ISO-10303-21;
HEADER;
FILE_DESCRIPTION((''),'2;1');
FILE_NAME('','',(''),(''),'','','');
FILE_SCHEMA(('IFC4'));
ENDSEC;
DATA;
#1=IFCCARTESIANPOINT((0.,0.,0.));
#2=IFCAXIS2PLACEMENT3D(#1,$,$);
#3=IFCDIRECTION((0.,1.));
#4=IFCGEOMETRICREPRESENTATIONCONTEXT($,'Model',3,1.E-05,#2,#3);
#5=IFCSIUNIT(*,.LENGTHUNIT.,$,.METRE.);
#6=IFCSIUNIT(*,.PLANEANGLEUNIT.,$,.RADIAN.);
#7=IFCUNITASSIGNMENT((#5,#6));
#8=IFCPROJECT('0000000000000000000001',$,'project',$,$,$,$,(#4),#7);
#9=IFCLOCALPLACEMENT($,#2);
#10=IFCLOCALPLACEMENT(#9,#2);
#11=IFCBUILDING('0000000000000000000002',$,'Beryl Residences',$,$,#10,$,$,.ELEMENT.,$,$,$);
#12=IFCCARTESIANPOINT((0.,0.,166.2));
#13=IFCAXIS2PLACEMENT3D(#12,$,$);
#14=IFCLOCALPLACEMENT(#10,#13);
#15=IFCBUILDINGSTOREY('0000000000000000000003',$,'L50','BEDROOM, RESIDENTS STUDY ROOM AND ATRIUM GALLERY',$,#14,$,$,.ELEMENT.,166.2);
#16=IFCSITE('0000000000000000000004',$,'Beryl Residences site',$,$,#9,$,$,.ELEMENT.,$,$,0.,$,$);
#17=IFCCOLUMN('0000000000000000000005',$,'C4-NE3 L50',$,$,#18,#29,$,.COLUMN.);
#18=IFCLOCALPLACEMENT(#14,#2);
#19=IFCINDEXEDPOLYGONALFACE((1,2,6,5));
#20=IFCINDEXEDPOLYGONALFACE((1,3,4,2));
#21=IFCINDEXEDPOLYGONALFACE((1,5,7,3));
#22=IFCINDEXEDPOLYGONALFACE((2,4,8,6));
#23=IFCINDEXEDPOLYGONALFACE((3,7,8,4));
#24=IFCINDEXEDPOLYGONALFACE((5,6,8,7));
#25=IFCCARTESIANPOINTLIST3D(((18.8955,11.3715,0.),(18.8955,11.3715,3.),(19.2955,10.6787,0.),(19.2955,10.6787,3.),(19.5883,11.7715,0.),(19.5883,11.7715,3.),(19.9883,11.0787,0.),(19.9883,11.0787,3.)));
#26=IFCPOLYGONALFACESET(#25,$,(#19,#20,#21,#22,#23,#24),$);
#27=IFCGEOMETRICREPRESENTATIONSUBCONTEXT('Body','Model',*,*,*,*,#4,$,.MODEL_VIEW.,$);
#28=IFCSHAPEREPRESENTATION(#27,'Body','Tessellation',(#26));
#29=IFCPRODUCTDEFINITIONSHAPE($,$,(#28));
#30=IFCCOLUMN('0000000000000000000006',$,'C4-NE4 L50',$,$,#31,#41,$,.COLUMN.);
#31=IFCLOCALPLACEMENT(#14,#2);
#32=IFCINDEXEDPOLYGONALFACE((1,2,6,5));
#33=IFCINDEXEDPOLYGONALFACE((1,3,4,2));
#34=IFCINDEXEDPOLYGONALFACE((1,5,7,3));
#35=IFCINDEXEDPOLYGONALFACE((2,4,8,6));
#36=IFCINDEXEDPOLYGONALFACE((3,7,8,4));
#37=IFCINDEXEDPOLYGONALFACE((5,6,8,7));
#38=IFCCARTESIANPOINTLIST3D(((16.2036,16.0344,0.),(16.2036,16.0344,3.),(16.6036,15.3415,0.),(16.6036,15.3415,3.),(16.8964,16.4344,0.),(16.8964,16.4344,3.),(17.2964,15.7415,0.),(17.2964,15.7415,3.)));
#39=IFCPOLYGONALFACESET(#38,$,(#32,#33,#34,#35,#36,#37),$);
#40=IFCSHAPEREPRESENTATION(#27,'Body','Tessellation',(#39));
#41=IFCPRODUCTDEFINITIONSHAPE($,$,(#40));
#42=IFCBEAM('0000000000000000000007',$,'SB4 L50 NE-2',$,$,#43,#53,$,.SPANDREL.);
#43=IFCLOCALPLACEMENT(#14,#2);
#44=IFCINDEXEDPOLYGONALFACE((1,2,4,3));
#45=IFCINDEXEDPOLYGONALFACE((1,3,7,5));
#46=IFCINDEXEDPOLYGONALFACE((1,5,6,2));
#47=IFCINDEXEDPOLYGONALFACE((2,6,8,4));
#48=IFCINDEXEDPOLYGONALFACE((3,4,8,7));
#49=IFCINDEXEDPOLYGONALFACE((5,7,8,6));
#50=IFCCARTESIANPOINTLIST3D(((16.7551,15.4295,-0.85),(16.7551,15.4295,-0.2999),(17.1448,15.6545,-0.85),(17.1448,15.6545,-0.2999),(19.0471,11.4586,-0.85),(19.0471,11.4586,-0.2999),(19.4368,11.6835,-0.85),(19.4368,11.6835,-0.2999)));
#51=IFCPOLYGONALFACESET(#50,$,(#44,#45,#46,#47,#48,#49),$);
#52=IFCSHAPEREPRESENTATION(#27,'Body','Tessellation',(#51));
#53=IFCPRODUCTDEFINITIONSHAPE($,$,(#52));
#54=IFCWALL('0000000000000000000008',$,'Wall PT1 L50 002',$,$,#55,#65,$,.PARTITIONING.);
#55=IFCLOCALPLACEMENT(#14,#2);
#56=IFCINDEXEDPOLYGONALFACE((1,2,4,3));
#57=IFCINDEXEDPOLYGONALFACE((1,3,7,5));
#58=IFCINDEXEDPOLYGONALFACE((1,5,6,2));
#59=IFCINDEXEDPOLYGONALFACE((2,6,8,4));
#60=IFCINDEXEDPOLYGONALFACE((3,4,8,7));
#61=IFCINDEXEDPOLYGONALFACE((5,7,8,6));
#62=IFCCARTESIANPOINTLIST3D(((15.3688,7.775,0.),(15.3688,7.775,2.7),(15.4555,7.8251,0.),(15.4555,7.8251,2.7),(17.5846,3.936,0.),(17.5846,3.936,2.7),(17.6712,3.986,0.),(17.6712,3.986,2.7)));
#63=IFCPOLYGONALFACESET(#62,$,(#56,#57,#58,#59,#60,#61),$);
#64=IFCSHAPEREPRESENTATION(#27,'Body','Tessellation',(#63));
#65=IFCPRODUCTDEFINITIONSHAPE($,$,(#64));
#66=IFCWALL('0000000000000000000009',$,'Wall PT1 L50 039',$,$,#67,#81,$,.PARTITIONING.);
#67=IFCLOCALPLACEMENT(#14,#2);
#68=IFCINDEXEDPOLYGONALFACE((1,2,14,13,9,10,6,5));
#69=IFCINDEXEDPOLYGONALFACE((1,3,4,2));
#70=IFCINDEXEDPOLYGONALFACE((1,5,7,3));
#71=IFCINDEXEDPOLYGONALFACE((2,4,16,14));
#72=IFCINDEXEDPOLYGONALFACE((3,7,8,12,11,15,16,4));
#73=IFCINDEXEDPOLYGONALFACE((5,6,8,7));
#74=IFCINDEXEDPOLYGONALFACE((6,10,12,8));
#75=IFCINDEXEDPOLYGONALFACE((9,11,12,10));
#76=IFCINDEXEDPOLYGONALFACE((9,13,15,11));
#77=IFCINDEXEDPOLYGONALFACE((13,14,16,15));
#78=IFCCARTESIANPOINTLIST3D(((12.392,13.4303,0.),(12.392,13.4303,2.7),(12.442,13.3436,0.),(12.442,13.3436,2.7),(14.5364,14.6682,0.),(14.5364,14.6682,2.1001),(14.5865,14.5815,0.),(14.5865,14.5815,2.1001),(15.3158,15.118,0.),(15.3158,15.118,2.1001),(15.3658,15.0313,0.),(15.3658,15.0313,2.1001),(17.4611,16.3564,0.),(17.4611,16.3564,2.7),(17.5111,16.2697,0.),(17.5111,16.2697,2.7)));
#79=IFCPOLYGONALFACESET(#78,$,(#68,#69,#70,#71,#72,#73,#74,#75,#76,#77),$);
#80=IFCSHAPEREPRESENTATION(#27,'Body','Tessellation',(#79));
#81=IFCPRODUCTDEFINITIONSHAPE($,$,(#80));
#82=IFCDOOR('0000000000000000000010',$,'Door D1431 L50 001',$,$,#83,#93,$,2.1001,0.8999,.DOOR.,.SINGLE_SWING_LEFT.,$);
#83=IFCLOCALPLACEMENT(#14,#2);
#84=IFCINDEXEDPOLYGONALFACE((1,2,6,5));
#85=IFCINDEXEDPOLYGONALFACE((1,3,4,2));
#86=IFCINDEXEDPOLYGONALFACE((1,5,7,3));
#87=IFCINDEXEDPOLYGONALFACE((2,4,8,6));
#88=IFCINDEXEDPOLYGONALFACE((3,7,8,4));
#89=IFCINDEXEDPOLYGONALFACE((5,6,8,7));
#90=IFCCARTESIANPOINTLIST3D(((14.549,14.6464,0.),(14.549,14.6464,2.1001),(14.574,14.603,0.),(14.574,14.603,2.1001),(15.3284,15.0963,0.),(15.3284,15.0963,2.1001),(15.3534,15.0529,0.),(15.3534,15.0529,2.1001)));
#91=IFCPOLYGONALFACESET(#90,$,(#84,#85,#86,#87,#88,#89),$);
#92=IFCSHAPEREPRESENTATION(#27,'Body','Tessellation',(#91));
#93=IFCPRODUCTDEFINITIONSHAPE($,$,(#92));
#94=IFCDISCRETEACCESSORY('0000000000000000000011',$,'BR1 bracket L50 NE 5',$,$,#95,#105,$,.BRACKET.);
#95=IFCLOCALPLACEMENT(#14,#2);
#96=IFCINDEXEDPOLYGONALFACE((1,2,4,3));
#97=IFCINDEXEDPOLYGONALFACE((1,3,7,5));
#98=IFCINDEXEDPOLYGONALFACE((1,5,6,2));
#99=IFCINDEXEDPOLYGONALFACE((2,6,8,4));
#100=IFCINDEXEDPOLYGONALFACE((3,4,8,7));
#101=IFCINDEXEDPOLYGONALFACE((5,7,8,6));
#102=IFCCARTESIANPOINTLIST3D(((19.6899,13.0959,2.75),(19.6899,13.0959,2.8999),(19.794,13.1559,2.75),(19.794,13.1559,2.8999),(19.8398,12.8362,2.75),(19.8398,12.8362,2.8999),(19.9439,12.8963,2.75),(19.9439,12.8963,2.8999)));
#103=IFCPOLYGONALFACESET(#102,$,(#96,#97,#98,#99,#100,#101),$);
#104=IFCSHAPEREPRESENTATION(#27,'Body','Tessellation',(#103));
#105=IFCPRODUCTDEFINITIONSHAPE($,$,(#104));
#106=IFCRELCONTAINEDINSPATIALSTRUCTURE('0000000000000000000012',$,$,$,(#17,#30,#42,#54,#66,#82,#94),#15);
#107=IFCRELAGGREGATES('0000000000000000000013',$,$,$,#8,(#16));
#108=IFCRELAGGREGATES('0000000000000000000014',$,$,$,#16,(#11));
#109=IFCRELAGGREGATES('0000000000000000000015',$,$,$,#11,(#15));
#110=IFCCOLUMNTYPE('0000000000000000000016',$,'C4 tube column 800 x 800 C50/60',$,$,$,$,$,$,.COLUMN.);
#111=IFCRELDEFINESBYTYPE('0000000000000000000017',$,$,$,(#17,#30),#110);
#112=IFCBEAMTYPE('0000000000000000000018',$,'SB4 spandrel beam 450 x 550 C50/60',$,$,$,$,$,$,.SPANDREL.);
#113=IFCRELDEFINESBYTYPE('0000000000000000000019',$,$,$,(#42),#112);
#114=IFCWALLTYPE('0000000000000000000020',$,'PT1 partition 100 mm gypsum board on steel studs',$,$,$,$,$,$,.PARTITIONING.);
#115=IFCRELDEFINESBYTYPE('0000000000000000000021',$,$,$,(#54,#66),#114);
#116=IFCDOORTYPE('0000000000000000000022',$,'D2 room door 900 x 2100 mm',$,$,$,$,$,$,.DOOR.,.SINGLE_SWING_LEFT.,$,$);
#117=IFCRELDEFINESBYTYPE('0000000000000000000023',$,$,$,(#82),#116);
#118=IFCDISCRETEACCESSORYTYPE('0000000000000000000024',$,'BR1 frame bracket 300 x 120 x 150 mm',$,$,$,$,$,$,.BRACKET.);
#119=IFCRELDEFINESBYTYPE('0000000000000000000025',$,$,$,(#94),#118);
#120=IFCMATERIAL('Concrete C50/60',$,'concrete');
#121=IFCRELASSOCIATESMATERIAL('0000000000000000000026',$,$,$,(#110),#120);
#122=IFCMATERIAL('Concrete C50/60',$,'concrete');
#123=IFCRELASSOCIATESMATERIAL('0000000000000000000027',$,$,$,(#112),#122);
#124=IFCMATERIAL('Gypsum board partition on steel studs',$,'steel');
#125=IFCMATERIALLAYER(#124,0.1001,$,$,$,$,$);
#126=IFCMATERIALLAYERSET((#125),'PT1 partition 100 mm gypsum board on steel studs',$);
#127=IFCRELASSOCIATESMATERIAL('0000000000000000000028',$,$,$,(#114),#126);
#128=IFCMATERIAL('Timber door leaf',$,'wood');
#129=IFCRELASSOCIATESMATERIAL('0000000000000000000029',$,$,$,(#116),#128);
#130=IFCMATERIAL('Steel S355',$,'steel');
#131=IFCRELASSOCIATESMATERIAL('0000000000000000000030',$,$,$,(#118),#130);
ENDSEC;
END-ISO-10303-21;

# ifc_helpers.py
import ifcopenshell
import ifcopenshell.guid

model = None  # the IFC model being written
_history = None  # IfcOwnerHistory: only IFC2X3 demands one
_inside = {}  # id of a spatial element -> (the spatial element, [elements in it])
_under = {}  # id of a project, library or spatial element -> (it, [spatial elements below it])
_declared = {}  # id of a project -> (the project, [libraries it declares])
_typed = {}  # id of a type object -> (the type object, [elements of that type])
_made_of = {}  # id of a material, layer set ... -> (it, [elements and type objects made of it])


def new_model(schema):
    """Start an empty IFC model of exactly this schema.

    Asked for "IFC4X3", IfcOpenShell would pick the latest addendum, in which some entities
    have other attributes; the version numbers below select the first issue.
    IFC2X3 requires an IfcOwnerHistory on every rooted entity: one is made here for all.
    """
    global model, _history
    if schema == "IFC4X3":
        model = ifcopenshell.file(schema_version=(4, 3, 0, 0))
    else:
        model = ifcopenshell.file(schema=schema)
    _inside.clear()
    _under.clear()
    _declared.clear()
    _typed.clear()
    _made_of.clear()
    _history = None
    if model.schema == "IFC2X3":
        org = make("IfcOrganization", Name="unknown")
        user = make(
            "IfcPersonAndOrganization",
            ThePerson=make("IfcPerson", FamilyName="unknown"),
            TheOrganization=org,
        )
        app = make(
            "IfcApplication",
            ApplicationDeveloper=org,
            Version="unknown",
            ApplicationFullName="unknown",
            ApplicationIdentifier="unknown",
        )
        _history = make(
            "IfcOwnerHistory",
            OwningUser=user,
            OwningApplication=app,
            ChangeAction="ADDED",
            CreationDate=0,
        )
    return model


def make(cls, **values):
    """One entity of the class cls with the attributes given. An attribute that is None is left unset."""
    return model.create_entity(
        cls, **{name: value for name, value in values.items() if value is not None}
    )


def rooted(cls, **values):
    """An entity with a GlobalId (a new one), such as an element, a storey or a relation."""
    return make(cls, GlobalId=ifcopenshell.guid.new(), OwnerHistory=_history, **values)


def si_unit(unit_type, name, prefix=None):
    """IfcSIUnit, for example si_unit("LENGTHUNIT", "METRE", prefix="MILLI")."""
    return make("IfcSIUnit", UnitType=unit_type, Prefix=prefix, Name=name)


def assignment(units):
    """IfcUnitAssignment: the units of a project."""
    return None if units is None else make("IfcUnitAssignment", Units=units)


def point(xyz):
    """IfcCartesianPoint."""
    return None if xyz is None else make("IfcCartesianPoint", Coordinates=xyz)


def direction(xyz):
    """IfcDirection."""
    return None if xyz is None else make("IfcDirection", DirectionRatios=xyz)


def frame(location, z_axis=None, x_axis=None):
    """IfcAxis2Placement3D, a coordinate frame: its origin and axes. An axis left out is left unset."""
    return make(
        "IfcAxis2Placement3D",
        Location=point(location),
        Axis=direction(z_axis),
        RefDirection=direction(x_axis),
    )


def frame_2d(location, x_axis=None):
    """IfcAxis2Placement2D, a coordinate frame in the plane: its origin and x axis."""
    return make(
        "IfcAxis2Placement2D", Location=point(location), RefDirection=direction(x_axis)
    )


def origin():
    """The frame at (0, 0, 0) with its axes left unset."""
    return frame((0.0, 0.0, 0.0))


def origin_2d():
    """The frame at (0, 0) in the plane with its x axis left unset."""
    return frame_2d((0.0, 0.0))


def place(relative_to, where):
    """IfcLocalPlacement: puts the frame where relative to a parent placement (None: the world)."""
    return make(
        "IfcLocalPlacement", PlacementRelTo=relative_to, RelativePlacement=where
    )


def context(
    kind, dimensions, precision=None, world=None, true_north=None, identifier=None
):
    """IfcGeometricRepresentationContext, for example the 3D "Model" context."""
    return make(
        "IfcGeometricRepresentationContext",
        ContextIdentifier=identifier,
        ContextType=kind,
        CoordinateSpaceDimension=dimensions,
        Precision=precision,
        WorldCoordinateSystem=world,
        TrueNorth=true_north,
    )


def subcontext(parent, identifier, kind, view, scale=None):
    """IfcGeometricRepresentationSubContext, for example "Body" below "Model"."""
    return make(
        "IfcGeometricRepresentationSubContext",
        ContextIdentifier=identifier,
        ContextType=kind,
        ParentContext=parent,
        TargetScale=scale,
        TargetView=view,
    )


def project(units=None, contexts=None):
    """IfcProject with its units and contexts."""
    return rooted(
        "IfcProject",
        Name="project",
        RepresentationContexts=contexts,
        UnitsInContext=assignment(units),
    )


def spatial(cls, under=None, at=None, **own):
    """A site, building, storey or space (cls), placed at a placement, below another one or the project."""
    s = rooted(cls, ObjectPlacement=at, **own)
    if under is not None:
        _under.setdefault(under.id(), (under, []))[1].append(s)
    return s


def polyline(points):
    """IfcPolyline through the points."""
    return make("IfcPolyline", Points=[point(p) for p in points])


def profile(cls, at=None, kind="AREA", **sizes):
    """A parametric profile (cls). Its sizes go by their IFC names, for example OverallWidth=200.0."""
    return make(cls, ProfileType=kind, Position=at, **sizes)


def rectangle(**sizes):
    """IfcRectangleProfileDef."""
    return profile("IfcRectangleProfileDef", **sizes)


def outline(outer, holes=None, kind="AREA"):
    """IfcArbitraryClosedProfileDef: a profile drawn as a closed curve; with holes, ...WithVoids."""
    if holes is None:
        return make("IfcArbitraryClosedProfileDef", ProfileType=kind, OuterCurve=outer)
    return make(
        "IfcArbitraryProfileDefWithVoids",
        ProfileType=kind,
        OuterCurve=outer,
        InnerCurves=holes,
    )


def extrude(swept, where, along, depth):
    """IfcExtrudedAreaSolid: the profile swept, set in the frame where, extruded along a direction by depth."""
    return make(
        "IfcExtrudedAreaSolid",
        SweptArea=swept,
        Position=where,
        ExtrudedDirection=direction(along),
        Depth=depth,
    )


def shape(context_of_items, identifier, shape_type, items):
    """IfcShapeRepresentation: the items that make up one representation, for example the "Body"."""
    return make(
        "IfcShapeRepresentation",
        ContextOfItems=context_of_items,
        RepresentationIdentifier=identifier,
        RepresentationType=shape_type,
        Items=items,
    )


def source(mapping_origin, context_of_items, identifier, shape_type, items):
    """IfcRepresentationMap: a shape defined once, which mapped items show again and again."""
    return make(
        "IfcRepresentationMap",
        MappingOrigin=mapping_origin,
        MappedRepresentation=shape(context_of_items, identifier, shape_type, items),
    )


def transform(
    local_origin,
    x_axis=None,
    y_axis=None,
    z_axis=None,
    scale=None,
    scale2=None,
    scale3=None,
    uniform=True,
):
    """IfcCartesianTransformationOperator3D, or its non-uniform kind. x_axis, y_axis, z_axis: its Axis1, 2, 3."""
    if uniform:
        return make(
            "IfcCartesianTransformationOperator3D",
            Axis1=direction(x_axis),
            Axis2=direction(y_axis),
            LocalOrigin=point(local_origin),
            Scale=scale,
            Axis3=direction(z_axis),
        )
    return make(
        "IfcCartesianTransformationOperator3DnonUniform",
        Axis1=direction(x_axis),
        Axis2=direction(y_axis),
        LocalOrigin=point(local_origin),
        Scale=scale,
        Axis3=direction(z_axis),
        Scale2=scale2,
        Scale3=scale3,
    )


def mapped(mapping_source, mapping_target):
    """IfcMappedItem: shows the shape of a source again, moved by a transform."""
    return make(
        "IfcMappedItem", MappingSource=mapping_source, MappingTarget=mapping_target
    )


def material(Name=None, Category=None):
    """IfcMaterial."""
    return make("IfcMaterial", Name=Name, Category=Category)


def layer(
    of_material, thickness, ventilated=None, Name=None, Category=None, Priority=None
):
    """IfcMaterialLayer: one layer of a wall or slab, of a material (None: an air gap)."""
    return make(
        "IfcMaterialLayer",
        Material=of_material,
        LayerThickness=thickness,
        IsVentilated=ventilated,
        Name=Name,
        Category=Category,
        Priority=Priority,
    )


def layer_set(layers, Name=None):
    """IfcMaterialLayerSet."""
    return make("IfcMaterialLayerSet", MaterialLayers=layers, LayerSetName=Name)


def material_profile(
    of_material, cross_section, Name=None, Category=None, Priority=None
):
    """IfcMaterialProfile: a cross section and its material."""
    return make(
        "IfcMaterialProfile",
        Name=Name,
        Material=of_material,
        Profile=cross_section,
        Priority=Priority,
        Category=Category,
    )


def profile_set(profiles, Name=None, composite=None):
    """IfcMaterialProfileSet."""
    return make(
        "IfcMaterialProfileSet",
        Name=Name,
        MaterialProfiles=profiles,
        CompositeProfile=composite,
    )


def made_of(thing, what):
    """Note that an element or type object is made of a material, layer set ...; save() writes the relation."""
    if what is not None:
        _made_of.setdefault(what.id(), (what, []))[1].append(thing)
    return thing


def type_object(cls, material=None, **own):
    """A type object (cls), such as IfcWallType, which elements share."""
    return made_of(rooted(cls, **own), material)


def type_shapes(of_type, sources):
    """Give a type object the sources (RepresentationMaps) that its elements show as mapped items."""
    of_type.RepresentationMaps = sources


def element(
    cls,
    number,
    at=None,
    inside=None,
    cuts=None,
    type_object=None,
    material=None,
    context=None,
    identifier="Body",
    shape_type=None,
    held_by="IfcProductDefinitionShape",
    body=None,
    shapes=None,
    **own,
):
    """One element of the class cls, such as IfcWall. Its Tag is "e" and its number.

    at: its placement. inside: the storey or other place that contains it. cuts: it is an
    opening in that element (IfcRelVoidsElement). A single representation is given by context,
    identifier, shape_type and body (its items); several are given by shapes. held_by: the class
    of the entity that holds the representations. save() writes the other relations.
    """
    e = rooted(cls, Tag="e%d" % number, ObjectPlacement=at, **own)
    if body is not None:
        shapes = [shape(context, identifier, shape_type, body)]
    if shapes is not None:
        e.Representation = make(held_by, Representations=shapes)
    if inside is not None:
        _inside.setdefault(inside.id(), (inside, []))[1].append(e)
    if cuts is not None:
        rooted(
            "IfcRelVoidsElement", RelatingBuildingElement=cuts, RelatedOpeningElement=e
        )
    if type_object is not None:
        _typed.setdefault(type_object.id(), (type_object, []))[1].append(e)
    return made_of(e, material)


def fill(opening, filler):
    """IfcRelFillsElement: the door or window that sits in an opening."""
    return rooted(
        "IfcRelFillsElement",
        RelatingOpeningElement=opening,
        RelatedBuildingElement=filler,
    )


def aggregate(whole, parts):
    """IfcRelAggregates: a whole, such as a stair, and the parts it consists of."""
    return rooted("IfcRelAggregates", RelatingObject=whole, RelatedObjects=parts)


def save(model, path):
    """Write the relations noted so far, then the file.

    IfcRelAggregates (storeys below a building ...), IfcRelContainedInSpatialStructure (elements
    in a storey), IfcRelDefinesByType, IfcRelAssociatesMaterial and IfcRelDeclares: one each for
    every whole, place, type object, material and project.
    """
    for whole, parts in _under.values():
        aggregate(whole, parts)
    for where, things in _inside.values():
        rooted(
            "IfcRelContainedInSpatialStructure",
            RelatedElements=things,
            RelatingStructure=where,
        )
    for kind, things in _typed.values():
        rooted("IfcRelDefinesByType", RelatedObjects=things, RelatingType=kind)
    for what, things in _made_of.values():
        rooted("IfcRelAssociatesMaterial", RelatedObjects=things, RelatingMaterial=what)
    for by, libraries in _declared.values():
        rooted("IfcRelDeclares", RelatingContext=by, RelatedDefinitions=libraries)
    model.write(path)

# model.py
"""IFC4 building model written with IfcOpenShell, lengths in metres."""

from ifc_helpers import new_model, si_unit, direction, frame, frame_2d, origin, origin_2d, place, context, subcontext, project, spatial, polyline, rectangle, outline, extrude, source, transform, mapped, material, layer, layer_set, material_profile, profile_set, type_object, type_shapes, element, fill, save


model = new_model("IFC4")

# Units and contexts
model_context = context("Model", 3, precision=1e-05, world=origin(), true_north=direction((0.0, 1.0)))
body_context = subcontext(model_context, "Body", "Model", "MODEL_VIEW")
ifc_project = project(units=[si_unit("LENGTHUNIT", "METRE"), si_unit("PLANEANGLEUNIT", "RADIAN")], contexts=[model_context])

# Site, building, storey
site_placement = place(None, origin())
site = spatial("IfcSite", under=ifc_project, at=site_placement, Name="Beryl Residences site", CompositionType="ELEMENT", RefElevation=0.0)
building_placement = place(site_placement, origin())
building = spatial("IfcBuilding", under=site, at=building_placement, Name="Beryl Residences", CompositionType="ELEMENT")
storey_placement = place(building_placement, frame((0.0, 0.0, 166.2)))
storey = spatial("IfcBuildingStorey", under=building, at=storey_placement, Name="L50", Description="BEDROOM, RESIDENTS STUDY ROOM AND ATRIUM GALLERY", CompositionType="ELEMENT", Elevation=166.2)

# Columns
ifc_material_1 = material(Name="Concrete C50/60", Category="concrete")
ifc_material_profile_1 = material_profile(ifc_material_1, rectangle(XDim=0.8, YDim=0.8, at=origin_2d()))
ifc_profile_set_1 = profile_set([ifc_material_profile_1], Name="Concrete C50/60")
column_type = type_object("IfcColumnType", Name="C4 tube column 800 x 800 C50/60", PredefinedType="COLUMN", material=ifc_profile_set_1)
for number, where, z_axis, x_axis, name in (
    (1, (19.4419, 11.2251, 0.0), (0.0, 0.0, 1.0), (-0.5, 0.866025, 0.0), "C4-NE3 L50"),
    (2, (16.75, 15.8879, 0.0), (0.0, 0.0, 1.0), (-0.5, 0.866025, 0.0), "C4-NE4 L50"),
):
    element("IfcColumn", number, at=place(storey_placement, frame(where, z_axis=z_axis, x_axis=x_axis)), inside=storey, type_object=column_type, Name=name, PredefinedType="COLUMN", context=body_context, shape_type="SweptSolid", body=[
        extrude(rectangle(XDim=0.8, YDim=0.8, at=origin_2d()), origin(), (0.0, 0.0, 1.0), 3.0),
    ])

# Beam
ifc_material_2 = material(Name="Concrete C50/60", Category="concrete")
ifc_material_profile_2 = material_profile(ifc_material_2, rectangle(XDim=0.45, YDim=0.55, at=origin_2d()))
ifc_profile_set_2 = profile_set([ifc_material_profile_2], Name="Concrete C50/60")
beam_type = type_object("IfcBeamType", Name="SB4 spandrel beam 450 x 550 C50/60", PredefinedType="SPANDREL", material=ifc_profile_set_2)
beam_placement = place(storey_placement, frame((19.2419, 11.571, -0.575), z_axis=(-0.499896, 0.866085, 0.0), x_axis=(-0.866085, -0.499896, 0.0)))
element("IfcBeam", 3, at=beam_placement, inside=storey, type_object=beam_type, Name="SB4 L50 NE-2", PredefinedType="SPANDREL", context=body_context, shape_type="SweptSolid", body=[
    extrude(rectangle(XDim=0.45, YDim=0.55, at=origin_2d()), origin(), (0.0, 0.0, 1.0), 4.585),
])

# Wall
ifc_material_3 = material(Name="Gypsum board partition on steel studs", Category="steel")
ifc_layer = layer(ifc_material_3, 0.1001)
ifc_layer_set = layer_set([ifc_layer], Name="PT1 partition 100 mm gypsum board on steel studs")
wall_type = type_object("IfcWallType", Name="PT1 partition 100 mm gypsum board on steel studs", PredefinedType="PARTITIONING", material=ifc_layer_set)
wall_1_placement = place(storey_placement, frame((15.4121, 7.8, 0.0), z_axis=(0.0, 0.0, 1.0), x_axis=(0.499883, -0.866093, 0.0)))
element("IfcWall", 4, at=wall_1_placement, inside=storey, type_object=wall_type, Name="Wall PT1 L50 002", PredefinedType="PARTITIONING", context=body_context, shape_type="SweptSolid", body=[
    extrude(rectangle(XDim=4.4326, YDim=0.1001, at=frame_2d((2.2163, 0.0))), origin(), (0.0, 0.0, 1.0), 2.7),
])

# Wall, opening, door
wall_2_placement = place(storey_placement, frame((12.417, 13.387, 0.0), z_axis=(0.0, 0.0, 1.0), x_axis=(0.866071, 0.499921, 0.0)))
wall_2 = element("IfcWall", 5, at=wall_2_placement, inside=storey, type_object=wall_type, Name="Wall PT1 L50 039", PredefinedType="PARTITIONING", context=body_context, shape_type="SweptSolid", body=[
    extrude(rectangle(XDim=5.853, YDim=0.1001, at=frame_2d((2.9265, 0.0))), origin(), (0.0, 0.0, 1.0), 2.7),
])
opening_placement = place(wall_2_placement, frame((2.4761, 0.0, 0.0)))
opening = element("IfcOpeningElement", 6, at=opening_placement, cuts=wall_2, PredefinedType="OPENING", context=body_context, shape_type="SweptSolid", body=[
    extrude(rectangle(XDim=0.8999, YDim=2.1001, at=frame_2d((0.45, 1.05))), frame((0.0, 0.0601, 0.0), z_axis=(0.0, -1.0, 0.0), x_axis=(1.0, 0.0, 0.0)), (0.0, 0.0, 1.0), 0.1201),
])
ifc_material_4 = material(Name="Timber door leaf", Category="wood")
door_type = type_object("IfcDoorType", Name="D2 room door 900 x 2100 mm", OperationType="SINGLE_SWING_LEFT", PredefinedType="DOOR", material=ifc_material_4)
door_placement = place(opening_placement, origin())
door = element("IfcDoor", 7, at=door_placement, inside=storey, type_object=door_type, Name="Door D1431 L50 001", OperationType="SINGLE_SWING_LEFT", OverallHeight=2.1001, OverallWidth=0.8999, PredefinedType="DOOR", context=body_context, shape_type="SweptSolid", body=[
    extrude(rectangle(XDim=0.8999, YDim=2.1001, at=frame_2d((0.45, 1.05))), frame((0.0, 0.0249, 0.0), z_axis=(0.0, -1.0, 0.0), x_axis=(1.0, 0.0, 0.0)), (0.0, 0.0, 1.0), 0.05),
])
fill(opening, door)

# Discrete accessory
ifc_material_5 = material(Name="Steel S355", Category="steel")
discrete_accessory_type = type_object("IfcDiscreteAccessoryType", Name="BR1 frame bracket 300 x 120 x 150 mm", PredefinedType="BRACKET", material=ifc_material_5)
shared_shape_1 = source(origin(), body_context, "Body", "SweptSolid", [
    extrude(outline(polyline([(-0.1499, 0.0), (0.1499, 0.0), (0.1499, 0.1201), (-0.1499, 0.1201), (-0.1499, 0.0)])), origin(), (0.0, 0.0, 1.0), 0.1499),
])
type_shapes(discrete_accessory_type, [shared_shape_1])
discrete_accessory_placement = place(storey_placement, frame((19.7649, 12.9661, 2.75), z_axis=(0.0, 0.0, 1.0), x_axis=(0.5, -0.866025, 0.0)))
element("IfcDiscreteAccessory", 8, at=discrete_accessory_placement, inside=storey, type_object=discrete_accessory_type, Name="BR1 bracket L50 NE 5", PredefinedType="BRACKET", context=body_context, shape_type="MappedRepresentation", body=[
    mapped(shared_shape_1, transform((0.0, 0.0, 0.0))),
])

save(model, "model.ifc")
